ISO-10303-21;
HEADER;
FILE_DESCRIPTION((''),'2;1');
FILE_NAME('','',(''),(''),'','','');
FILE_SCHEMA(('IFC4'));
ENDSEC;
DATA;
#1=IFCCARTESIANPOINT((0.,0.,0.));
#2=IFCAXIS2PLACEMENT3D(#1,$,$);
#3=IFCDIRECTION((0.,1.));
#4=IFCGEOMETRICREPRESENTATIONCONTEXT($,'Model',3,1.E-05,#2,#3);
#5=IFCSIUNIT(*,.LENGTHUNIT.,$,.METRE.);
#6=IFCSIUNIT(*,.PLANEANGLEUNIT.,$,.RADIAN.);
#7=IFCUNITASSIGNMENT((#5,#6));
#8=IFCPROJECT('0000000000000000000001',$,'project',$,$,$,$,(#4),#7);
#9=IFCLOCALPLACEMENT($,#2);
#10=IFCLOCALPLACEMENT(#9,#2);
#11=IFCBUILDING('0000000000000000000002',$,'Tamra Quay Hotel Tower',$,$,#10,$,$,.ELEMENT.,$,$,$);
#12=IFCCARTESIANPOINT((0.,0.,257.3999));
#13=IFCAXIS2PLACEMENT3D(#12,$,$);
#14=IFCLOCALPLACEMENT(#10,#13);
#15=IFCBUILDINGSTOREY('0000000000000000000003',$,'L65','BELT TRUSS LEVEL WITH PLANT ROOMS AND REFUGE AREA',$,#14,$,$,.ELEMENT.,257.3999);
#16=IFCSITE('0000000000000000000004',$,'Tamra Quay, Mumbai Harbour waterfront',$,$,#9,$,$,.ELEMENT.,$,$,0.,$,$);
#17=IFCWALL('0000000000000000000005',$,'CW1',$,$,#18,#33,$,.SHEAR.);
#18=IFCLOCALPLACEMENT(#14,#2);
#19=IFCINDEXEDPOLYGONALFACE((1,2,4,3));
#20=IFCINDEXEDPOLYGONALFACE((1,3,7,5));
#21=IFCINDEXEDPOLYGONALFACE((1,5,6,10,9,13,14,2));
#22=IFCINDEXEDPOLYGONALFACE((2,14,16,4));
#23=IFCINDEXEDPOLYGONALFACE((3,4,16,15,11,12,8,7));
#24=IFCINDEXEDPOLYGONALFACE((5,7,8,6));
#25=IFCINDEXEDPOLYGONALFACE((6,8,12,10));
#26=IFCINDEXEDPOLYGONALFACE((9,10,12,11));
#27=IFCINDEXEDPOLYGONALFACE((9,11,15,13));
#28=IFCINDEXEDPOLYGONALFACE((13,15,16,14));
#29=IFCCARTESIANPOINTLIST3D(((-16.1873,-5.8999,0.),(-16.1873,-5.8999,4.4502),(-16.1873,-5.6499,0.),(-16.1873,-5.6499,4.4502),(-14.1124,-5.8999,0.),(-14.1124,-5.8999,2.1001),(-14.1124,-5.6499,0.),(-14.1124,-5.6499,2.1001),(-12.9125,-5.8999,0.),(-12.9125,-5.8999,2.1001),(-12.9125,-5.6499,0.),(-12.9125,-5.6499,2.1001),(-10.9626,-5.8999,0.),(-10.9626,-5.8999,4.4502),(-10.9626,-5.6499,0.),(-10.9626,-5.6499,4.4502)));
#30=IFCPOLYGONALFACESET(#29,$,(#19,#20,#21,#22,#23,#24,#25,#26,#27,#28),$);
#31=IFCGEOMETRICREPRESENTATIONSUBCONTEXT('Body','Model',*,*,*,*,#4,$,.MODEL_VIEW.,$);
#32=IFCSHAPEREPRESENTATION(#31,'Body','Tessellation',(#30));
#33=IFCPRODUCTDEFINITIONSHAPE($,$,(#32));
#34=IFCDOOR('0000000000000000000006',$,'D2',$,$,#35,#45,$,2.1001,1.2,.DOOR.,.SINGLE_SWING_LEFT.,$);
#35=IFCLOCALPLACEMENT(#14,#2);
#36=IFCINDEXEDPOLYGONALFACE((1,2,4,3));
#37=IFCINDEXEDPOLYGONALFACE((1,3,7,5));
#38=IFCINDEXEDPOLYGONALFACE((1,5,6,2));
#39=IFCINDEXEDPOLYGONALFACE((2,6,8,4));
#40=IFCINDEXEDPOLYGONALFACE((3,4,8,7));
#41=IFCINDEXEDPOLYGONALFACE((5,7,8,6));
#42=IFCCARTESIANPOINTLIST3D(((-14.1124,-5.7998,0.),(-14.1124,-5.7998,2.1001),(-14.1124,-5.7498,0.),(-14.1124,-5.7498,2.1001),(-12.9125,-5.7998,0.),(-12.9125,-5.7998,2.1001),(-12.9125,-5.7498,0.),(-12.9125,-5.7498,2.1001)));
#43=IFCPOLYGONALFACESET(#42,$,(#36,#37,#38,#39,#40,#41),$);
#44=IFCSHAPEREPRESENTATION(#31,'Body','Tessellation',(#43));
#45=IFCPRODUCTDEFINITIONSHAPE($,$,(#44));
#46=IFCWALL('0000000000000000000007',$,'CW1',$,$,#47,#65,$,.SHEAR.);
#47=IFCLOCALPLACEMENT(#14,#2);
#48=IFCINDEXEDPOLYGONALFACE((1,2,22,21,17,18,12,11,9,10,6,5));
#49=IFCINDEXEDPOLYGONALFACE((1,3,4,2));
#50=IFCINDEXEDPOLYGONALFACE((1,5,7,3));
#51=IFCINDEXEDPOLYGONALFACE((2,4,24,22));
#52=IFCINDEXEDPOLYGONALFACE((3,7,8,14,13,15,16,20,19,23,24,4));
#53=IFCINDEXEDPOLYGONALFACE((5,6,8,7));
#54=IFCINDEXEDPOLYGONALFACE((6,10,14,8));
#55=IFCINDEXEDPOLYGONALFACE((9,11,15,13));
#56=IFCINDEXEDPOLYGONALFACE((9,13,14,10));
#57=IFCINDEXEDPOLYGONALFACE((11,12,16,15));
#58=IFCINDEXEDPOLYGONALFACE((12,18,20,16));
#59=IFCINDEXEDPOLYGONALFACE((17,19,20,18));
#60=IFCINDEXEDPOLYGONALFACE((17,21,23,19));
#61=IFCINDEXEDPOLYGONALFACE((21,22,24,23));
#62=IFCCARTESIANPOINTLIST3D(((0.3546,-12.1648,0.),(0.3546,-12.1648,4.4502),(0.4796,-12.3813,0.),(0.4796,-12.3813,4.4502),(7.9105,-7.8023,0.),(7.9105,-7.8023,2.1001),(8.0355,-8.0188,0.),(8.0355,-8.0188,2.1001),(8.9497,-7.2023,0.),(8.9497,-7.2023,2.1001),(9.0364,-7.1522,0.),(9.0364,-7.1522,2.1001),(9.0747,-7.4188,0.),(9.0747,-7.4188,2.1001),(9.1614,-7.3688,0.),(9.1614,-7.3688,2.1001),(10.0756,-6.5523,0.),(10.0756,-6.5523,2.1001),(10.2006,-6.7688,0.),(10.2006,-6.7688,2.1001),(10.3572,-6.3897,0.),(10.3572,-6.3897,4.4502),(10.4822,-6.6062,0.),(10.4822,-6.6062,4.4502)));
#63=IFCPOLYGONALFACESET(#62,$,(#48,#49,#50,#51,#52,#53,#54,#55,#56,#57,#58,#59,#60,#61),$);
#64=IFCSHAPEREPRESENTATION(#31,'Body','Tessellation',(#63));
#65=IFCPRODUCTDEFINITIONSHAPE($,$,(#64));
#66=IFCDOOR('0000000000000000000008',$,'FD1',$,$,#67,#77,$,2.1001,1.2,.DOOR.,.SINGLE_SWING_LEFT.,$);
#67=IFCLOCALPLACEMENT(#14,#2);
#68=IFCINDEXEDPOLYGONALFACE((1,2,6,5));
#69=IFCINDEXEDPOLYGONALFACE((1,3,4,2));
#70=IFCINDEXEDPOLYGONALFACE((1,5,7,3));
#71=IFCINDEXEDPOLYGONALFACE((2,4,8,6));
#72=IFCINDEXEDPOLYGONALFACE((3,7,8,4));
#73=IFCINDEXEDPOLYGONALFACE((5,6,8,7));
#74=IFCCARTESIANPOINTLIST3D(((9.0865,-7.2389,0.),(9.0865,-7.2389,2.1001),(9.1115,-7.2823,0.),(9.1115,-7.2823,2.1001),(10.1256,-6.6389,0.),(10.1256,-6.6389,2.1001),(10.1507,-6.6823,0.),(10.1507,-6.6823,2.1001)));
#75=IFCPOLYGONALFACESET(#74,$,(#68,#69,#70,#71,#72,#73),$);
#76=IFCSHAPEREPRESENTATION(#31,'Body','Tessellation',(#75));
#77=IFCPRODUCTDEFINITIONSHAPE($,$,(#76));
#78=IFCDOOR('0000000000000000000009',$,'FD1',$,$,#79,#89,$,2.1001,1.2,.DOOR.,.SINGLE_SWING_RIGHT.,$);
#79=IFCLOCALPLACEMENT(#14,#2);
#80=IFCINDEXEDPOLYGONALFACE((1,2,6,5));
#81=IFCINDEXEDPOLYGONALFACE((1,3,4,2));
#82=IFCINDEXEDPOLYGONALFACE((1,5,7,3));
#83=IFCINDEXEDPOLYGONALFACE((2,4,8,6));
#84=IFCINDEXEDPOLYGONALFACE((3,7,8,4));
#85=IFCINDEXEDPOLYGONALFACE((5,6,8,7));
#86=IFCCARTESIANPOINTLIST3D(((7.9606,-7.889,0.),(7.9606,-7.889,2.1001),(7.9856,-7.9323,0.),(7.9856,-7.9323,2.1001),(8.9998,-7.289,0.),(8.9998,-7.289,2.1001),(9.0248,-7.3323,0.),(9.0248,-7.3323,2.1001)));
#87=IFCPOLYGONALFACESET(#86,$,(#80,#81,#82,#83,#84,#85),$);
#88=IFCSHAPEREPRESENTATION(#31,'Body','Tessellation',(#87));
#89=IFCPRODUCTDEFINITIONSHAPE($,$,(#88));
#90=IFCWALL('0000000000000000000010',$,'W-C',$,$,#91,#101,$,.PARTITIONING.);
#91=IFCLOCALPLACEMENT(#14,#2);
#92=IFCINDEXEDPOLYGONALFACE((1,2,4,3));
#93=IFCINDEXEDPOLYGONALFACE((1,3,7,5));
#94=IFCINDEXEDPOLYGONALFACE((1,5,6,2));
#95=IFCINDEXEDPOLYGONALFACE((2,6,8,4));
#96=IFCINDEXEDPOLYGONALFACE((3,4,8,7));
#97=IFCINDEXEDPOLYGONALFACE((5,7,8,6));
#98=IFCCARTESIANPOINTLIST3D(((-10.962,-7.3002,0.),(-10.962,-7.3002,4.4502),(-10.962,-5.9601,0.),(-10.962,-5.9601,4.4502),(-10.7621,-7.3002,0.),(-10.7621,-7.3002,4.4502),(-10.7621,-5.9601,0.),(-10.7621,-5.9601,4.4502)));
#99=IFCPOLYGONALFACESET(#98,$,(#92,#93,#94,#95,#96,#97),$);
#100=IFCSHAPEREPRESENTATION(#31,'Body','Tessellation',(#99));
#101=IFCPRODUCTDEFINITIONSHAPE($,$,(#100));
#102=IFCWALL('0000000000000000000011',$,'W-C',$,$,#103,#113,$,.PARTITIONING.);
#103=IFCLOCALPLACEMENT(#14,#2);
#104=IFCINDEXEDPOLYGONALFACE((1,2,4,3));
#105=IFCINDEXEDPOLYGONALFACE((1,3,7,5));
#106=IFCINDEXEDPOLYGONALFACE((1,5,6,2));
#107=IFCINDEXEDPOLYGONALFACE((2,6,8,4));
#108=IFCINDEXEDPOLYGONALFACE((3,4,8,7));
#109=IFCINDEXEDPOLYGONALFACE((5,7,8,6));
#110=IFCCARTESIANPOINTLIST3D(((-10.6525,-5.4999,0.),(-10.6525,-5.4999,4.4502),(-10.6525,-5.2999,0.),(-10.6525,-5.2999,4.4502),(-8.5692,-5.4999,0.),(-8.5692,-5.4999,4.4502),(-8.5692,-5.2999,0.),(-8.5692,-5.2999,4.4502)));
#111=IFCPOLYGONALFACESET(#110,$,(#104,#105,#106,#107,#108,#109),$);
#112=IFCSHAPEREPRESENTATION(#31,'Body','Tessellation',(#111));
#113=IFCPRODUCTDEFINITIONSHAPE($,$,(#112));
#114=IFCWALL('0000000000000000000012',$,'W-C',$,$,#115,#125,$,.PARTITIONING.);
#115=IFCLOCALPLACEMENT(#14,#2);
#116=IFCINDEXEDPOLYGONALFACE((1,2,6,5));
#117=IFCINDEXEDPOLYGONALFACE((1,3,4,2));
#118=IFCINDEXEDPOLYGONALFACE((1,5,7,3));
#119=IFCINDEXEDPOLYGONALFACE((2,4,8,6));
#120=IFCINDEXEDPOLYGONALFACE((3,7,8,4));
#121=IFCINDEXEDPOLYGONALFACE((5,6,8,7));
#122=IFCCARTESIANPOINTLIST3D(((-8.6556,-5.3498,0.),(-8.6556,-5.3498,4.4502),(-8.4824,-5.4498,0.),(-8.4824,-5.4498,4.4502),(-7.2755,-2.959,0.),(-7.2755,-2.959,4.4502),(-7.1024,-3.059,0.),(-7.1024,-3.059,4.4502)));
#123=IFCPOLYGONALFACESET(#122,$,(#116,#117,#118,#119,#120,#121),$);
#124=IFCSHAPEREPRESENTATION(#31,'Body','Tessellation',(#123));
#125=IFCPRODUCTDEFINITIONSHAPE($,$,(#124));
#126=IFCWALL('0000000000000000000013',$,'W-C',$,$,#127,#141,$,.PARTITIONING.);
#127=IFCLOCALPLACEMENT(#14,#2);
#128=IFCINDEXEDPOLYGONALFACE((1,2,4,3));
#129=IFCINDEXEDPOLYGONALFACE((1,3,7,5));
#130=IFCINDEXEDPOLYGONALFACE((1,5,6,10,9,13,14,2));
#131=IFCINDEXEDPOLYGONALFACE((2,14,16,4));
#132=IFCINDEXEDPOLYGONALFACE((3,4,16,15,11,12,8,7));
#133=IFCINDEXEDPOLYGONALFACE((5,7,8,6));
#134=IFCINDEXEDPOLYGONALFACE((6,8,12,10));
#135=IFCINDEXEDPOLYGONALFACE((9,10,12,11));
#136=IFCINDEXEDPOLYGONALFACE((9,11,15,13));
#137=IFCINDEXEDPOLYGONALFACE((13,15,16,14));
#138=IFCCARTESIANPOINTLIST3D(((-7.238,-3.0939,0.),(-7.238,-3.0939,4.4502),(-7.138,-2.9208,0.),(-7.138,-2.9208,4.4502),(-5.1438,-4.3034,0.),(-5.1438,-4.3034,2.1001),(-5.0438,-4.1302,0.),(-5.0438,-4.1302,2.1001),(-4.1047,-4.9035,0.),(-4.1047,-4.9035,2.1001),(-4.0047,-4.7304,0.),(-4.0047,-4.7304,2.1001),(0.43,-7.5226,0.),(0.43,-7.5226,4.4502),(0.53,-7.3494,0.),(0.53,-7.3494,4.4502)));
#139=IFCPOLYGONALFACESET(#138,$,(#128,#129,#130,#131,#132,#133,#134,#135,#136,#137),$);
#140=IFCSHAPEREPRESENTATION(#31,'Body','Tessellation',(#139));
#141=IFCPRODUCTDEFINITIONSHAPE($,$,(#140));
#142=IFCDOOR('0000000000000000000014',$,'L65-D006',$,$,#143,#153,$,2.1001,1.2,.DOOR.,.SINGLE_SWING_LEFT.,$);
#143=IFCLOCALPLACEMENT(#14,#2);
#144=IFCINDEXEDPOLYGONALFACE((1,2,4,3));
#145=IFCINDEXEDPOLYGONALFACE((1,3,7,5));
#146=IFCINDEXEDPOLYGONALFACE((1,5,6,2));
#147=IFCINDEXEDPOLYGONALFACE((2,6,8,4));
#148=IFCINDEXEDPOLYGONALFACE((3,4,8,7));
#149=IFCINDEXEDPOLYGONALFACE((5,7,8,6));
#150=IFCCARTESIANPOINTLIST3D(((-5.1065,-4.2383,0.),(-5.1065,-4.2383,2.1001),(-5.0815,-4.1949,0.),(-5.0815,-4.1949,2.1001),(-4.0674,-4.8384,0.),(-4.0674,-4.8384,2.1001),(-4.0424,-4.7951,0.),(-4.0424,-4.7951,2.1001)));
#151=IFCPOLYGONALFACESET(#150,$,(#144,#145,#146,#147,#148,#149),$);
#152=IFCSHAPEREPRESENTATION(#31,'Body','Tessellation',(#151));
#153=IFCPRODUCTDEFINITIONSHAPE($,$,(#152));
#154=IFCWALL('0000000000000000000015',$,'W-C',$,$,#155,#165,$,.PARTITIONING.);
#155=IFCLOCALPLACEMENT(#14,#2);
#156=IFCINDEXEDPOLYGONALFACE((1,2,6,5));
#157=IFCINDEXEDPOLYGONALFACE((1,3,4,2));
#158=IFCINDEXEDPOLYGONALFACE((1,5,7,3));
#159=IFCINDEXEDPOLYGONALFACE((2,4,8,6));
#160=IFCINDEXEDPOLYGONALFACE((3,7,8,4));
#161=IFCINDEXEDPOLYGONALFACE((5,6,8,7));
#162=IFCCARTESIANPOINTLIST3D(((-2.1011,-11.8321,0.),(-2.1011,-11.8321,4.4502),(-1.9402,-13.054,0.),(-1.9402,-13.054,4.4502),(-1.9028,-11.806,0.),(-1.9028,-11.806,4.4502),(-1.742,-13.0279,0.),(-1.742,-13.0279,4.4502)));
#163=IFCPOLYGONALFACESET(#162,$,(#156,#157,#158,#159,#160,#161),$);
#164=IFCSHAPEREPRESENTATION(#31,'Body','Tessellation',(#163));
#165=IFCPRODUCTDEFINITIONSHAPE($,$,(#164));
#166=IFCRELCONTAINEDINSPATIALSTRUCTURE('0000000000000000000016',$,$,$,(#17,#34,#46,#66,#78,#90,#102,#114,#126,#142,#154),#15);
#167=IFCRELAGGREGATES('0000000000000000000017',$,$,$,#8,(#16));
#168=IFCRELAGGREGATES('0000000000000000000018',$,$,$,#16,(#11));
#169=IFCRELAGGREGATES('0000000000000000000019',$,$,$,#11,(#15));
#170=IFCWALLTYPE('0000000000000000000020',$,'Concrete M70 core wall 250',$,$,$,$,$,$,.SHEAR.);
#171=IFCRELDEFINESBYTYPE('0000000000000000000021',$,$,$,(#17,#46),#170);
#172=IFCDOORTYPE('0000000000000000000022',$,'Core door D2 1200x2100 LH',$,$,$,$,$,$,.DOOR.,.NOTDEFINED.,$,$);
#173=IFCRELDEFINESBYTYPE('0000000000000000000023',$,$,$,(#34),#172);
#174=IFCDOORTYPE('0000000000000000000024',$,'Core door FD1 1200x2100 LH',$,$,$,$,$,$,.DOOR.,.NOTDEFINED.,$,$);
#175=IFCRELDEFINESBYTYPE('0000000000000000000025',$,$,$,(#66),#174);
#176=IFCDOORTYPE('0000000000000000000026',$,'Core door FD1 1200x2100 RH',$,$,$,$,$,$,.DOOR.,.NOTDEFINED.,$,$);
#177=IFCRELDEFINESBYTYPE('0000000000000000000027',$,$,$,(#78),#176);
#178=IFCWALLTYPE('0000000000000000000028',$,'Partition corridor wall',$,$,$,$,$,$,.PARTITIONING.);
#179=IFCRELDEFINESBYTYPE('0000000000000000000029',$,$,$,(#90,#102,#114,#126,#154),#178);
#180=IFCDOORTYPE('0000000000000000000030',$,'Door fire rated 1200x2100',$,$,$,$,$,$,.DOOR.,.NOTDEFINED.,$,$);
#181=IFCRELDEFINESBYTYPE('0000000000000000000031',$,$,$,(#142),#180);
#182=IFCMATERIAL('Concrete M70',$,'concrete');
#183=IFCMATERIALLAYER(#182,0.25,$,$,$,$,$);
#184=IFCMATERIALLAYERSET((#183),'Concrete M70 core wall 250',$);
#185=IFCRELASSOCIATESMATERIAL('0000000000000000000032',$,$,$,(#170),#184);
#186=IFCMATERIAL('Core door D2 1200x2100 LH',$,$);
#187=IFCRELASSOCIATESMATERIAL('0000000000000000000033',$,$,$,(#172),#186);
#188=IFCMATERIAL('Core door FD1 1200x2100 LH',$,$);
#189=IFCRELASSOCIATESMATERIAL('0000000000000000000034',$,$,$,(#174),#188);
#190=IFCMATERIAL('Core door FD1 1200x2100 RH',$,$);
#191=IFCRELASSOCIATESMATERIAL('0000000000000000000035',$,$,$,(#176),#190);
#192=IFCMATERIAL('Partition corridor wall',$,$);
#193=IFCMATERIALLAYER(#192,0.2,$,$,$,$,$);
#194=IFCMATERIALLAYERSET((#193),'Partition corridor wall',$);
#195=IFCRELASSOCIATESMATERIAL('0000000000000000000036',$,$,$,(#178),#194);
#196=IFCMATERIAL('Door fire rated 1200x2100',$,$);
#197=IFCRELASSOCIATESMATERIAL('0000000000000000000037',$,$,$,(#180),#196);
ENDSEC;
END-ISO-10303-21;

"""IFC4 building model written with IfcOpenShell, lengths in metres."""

from ifc_helpers import new_model, si_unit, direction, frame, frame_2d, origin, place, context, subcontext, project, spatial, rectangle, extrude, material, layer, layer_set, type_object, element, fill, save


model = new_model("IFC4")

# Units and contexts
model_context = context("Model", 3, precision=1e-05, world=origin(), true_north=direction((0.0, 1.0)))
body_context = subcontext(model_context, "Body", "Model", "MODEL_VIEW")
ifc_project = project(units=[si_unit("LENGTHUNIT", "METRE"), si_unit("PLANEANGLEUNIT", "RADIAN")], contexts=[model_context])

# Site, building, storey
site_placement = place(None, origin())
site = spatial("IfcSite", under=ifc_project, at=site_placement, Name="Tamra Quay, Mumbai Harbour waterfront", CompositionType="ELEMENT", RefElevation=0.0)
building_placement = place(site_placement, origin())
building = spatial("IfcBuilding", under=site, at=building_placement, Name="Tamra Quay Hotel Tower", CompositionType="ELEMENT")
storey_placement = place(building_placement, frame((0.0, 0.0, 257.3999)))
storey = spatial("IfcBuildingStorey", under=building, at=storey_placement, Name="L65", Description="BELT TRUSS LEVEL WITH PLANT ROOMS AND REFUGE AREA", CompositionType="ELEMENT", Elevation=257.3999)

# Wall, opening, door
ifc_material_1 = material(Name="Concrete M70", Category="concrete")
ifc_layer_1 = layer(ifc_material_1, 0.25)
ifc_layer_set_1 = layer_set([ifc_layer_1], Name="Concrete M70 core wall 250")
wall_type_1 = type_object("IfcWallType", Name="Concrete M70 core wall 250", PredefinedType="SHEAR", material=ifc_layer_set_1)
wall_1_placement = place(storey_placement, frame((-10.9626, -5.7749, 0.0), z_axis=(0.0, 0.0, 1.0), x_axis=(-1.0, 0.0, 0.0)))
wall_1 = element("IfcWall", 1, at=wall_1_placement, inside=storey, type_object=wall_type_1, Name="CW1", PredefinedType="SHEAR", context=body_context, shape_type="SweptSolid", body=[
    extrude(rectangle(XDim=5.2246, YDim=0.25, at=frame_2d((2.6123, 0.0))), origin(), (0.0, 0.0, 1.0), 4.4502),
])
opening_1_placement = place(wall_1_placement, frame((1.9497, 0.0, 0.0)))
opening_1 = element("IfcOpeningElement", 2, at=opening_1_placement, cuts=wall_1, PredefinedType="OPENING", context=body_context, shape_type="SweptSolid", body=[
    extrude(rectangle(XDim=1.2, YDim=2.1001, at=frame_2d((0.6001, 1.05))), frame((0.0, 0.135, 0.0), z_axis=(0.0, -1.0, 0.0), x_axis=(1.0, 0.0, 0.0)), (0.0, 0.0, 1.0), 0.27),
])
ifc_material_2 = material(Name="Core door D2 1200x2100 LH")
door_type_1 = type_object("IfcDoorType", Name="Core door D2 1200x2100 LH", OperationType="NOTDEFINED", PredefinedType="DOOR", material=ifc_material_2)
door_1_placement = place(opening_1_placement, origin())
door_1 = element("IfcDoor", 3, at=door_1_placement, inside=storey, type_object=door_type_1, Name="D2", OperationType="SINGLE_SWING_LEFT", OverallHeight=2.1001, OverallWidth=1.2, PredefinedType="DOOR", context=body_context, shape_type="SweptSolid", body=[
    extrude(rectangle(XDim=1.2, YDim=2.1001, at=frame_2d((0.6001, 1.05))), frame((0.0, 0.0249, 0.0), z_axis=(0.0, -1.0, 0.0), x_axis=(1.0, 0.0, 0.0)), (0.0, 0.0, 1.0), 0.05),
])
fill(opening_1, door_1)

# Wall, openings, doors
wall_2_placement = place(storey_placement, frame((0.4172, -12.2729, 0.0), z_axis=(0.0, 0.0, 1.0), x_axis=(0.866022, 0.500006, 0.0)))
wall_2 = element("IfcWall", 4, at=wall_2_placement, inside=storey, type_object=wall_type_1, Name="CW1", PredefinedType="SHEAR", context=body_context, shape_type="SweptSolid", body=[
    extrude(rectangle(XDim=11.55, YDim=0.25, at=frame_2d((5.7749, 0.0))), origin(), (0.0, 0.0, 1.0), 4.4502),
])
opening_2_placement = place(wall_2_placement, frame((10.0247, 0.0, 0.0)))
opening_2 = element("IfcOpeningElement", 5, at=opening_2_placement, cuts=wall_2, PredefinedType="OPENING", context=body_context, shape_type="SweptSolid", body=[
    extrude(rectangle(XDim=1.2, YDim=2.1001, at=frame_2d((0.6001, 1.05))), frame((0.0, 0.135, 0.0), z_axis=(0.0, -1.0, 0.0), x_axis=(1.0, 0.0, 0.0)), (0.0, 0.0, 1.0), 0.27),
])
opening_3_placement = place(wall_2_placement, frame((8.7246, 0.0, 0.0)))
opening_3 = element("IfcOpeningElement", 6, at=opening_3_placement, cuts=wall_2, PredefinedType="OPENING", context=body_context, shape_type="SweptSolid", body=[
    extrude(rectangle(XDim=1.2, YDim=2.1001, at=frame_2d((0.6001, 1.05))), frame((0.0, 0.135, 0.0), z_axis=(0.0, -1.0, 0.0), x_axis=(1.0, 0.0, 0.0)), (0.0, 0.0, 1.0), 0.27),
])
ifc_material_3 = material(Name="Core door FD1 1200x2100 LH")
door_type_2 = type_object("IfcDoorType", Name="Core door FD1 1200x2100 LH", OperationType="NOTDEFINED", PredefinedType="DOOR", material=ifc_material_3)
door_2_placement = place(opening_2_placement, origin())
door_2 = element("IfcDoor", 7, at=door_2_placement, inside=storey, type_object=door_type_2, Name="FD1", OperationType="SINGLE_SWING_LEFT", OverallHeight=2.1001, OverallWidth=1.2, PredefinedType="DOOR", context=body_context, shape_type="SweptSolid", body=[
    extrude(rectangle(XDim=1.2, YDim=2.1001, at=frame_2d((0.6001, 1.05))), frame((0.0, 0.0249, 0.0), z_axis=(0.0, -1.0, 0.0), x_axis=(1.0, 0.0, 0.0)), (0.0, 0.0, 1.0), 0.05),
])
fill(opening_2, door_2)
ifc_material_4 = material(Name="Core door FD1 1200x2100 RH")
door_type_3 = type_object("IfcDoorType", Name="Core door FD1 1200x2100 RH", OperationType="NOTDEFINED", PredefinedType="DOOR", material=ifc_material_4)
door_3_placement = place(opening_3_placement, origin())
door_3 = element("IfcDoor", 8, at=door_3_placement, inside=storey, type_object=door_type_3, Name="FD1", OperationType="SINGLE_SWING_RIGHT", OverallHeight=2.1001, OverallWidth=1.2, PredefinedType="DOOR", context=body_context, shape_type="SweptSolid", body=[
    extrude(rectangle(XDim=1.2, YDim=2.1001, at=frame_2d((0.6001, 1.05))), frame((0.0, 0.0249, 0.0), z_axis=(0.0, -1.0, 0.0), x_axis=(1.0, 0.0, 0.0)), (0.0, 0.0, 1.0), 0.05),
])
fill(opening_3, door_3)

# Walls
ifc_material_5 = material(Name="Partition corridor wall")
ifc_layer_2 = layer(ifc_material_5, 0.2)
ifc_layer_set_2 = layer_set([ifc_layer_2], Name="Partition corridor wall")
wall_type_2 = type_object("IfcWallType", Name="Partition corridor wall", PredefinedType="PARTITIONING", material=ifc_layer_set_2)
wall_3_placement = place(storey_placement, frame((-10.8621, -7.3, 0.0), z_axis=(0.0, 0.0, 1.0), x_axis=(0.0, 1.0, 0.0)))
element("IfcWall", 9, at=wall_3_placement, inside=storey, type_object=wall_type_2, Name="W-C", PredefinedType="PARTITIONING", context=body_context, shape_type="SweptSolid", body=[
    extrude(rectangle(XDim=1.3401, YDim=0.2, at=frame_2d((0.6699, 0.0))), origin(), (0.0, 0.0, 1.0), 4.4502),
])
wall_4_placement = place(storey_placement, frame((-10.6523, -5.3999, 0.0), z_axis=(0.0, 0.0, 1.0), x_axis=(1.0, 0.0, 0.0)))
element("IfcWall", 10, at=wall_4_placement, inside=storey, type_object=wall_type_2, Name="W-C", PredefinedType="PARTITIONING", context=body_context, shape_type="SweptSolid", body=[
    extrude(rectangle(XDim=2.0833, YDim=0.2, at=frame_2d((1.0415, 0.0))), origin(), (0.0, 0.0, 1.0), 4.4502),
])
wall_5_placement = place(storey_placement, frame((-8.5691, -5.3999, 0.0), z_axis=(0.0, 0.0, 1.0), x_axis=(0.499934, 0.866063, 0.0)))
element("IfcWall", 11, at=wall_5_placement, inside=storey, type_object=wall_type_2, Name="W-C", PredefinedType="PARTITIONING", context=body_context, shape_type="SweptSolid", body=[
    extrude(rectangle(XDim=2.7605, YDim=0.2, at=frame_2d((1.3804, 0.0))), origin(), (0.0, 0.0, 1.0), 4.4502),
])

# Wall, opening, door
wall_6_placement = place(storey_placement, frame((-7.188, -3.0073, 0.0), z_axis=(0.0, 0.0, 1.0), x_axis=(0.865947, -0.500136, 0.0)))
wall_6 = element("IfcWall", 12, at=wall_6_placement, inside=storey, type_object=wall_type_2, Name="W-C", PredefinedType="PARTITIONING", context=body_context, shape_type="SweptSolid", body=[
    extrude(rectangle(XDim=8.855, YDim=0.2, at=frame_2d((4.4275, 0.0))), origin(), (0.0, 0.0, 1.0), 4.4502),
])
opening_4_placement = place(wall_6_placement, frame((2.4182, 0.0, 0.0)))
opening_4 = element("IfcOpeningElement", 13, at=opening_4_placement, cuts=wall_6, PredefinedType="OPENING", context=body_context, shape_type="SweptSolid", body=[
    extrude(rectangle(XDim=1.2, YDim=2.1001, at=frame_2d((0.6001, 1.05))), frame((0.0, 0.1099, 0.0), z_axis=(0.0, -1.0, 0.0), x_axis=(1.0, 0.0, 0.0)), (0.0, 0.0, 1.0), 0.22),
])
ifc_material_6 = material(Name="Door fire rated 1200x2100")
door_type_4 = type_object("IfcDoorType", Name="Door fire rated 1200x2100", OperationType="NOTDEFINED", PredefinedType="DOOR", material=ifc_material_6)
door_4_placement = place(opening_4_placement, frame((1.2, 0.0, 0.0), z_axis=(0.0, 0.0, 1.0), x_axis=(-1.0, 0.0, 0.0)))
door_4 = element("IfcDoor", 14, at=door_4_placement, inside=storey, type_object=door_type_4, Name="L65-D006", OperationType="SINGLE_SWING_LEFT", OverallHeight=2.1001, OverallWidth=1.2, PredefinedType="DOOR", context=body_context, shape_type="SweptSolid", body=[
    extrude(rectangle(XDim=1.2, YDim=2.1001, at=frame_2d((0.6001, 1.05))), frame((0.0, 0.0249, 0.0), z_axis=(0.0, -1.0, 0.0), x_axis=(1.0, 0.0, 0.0)), (0.0, 0.0, 1.0), 0.05),
])
fill(opening_4, door_4)

# Wall
wall_7_placement = place(storey_placement, frame((-2.002, -11.8191, 0.0), z_axis=(0.0, 0.0, 1.0), x_axis=(0.130542, -0.991443, 0.0)))
element("IfcWall", 15, at=wall_7_placement, inside=storey, type_object=wall_type_2, Name="W-C", PredefinedType="PARTITIONING", context=body_context, shape_type="SweptSolid", body=[
    extrude(rectangle(XDim=1.2324, YDim=0.2, at=frame_2d((0.6162, 0.0))), origin(), (0.0, 0.0, 1.0), 4.4502),
])

save(model, "model.ifc")
